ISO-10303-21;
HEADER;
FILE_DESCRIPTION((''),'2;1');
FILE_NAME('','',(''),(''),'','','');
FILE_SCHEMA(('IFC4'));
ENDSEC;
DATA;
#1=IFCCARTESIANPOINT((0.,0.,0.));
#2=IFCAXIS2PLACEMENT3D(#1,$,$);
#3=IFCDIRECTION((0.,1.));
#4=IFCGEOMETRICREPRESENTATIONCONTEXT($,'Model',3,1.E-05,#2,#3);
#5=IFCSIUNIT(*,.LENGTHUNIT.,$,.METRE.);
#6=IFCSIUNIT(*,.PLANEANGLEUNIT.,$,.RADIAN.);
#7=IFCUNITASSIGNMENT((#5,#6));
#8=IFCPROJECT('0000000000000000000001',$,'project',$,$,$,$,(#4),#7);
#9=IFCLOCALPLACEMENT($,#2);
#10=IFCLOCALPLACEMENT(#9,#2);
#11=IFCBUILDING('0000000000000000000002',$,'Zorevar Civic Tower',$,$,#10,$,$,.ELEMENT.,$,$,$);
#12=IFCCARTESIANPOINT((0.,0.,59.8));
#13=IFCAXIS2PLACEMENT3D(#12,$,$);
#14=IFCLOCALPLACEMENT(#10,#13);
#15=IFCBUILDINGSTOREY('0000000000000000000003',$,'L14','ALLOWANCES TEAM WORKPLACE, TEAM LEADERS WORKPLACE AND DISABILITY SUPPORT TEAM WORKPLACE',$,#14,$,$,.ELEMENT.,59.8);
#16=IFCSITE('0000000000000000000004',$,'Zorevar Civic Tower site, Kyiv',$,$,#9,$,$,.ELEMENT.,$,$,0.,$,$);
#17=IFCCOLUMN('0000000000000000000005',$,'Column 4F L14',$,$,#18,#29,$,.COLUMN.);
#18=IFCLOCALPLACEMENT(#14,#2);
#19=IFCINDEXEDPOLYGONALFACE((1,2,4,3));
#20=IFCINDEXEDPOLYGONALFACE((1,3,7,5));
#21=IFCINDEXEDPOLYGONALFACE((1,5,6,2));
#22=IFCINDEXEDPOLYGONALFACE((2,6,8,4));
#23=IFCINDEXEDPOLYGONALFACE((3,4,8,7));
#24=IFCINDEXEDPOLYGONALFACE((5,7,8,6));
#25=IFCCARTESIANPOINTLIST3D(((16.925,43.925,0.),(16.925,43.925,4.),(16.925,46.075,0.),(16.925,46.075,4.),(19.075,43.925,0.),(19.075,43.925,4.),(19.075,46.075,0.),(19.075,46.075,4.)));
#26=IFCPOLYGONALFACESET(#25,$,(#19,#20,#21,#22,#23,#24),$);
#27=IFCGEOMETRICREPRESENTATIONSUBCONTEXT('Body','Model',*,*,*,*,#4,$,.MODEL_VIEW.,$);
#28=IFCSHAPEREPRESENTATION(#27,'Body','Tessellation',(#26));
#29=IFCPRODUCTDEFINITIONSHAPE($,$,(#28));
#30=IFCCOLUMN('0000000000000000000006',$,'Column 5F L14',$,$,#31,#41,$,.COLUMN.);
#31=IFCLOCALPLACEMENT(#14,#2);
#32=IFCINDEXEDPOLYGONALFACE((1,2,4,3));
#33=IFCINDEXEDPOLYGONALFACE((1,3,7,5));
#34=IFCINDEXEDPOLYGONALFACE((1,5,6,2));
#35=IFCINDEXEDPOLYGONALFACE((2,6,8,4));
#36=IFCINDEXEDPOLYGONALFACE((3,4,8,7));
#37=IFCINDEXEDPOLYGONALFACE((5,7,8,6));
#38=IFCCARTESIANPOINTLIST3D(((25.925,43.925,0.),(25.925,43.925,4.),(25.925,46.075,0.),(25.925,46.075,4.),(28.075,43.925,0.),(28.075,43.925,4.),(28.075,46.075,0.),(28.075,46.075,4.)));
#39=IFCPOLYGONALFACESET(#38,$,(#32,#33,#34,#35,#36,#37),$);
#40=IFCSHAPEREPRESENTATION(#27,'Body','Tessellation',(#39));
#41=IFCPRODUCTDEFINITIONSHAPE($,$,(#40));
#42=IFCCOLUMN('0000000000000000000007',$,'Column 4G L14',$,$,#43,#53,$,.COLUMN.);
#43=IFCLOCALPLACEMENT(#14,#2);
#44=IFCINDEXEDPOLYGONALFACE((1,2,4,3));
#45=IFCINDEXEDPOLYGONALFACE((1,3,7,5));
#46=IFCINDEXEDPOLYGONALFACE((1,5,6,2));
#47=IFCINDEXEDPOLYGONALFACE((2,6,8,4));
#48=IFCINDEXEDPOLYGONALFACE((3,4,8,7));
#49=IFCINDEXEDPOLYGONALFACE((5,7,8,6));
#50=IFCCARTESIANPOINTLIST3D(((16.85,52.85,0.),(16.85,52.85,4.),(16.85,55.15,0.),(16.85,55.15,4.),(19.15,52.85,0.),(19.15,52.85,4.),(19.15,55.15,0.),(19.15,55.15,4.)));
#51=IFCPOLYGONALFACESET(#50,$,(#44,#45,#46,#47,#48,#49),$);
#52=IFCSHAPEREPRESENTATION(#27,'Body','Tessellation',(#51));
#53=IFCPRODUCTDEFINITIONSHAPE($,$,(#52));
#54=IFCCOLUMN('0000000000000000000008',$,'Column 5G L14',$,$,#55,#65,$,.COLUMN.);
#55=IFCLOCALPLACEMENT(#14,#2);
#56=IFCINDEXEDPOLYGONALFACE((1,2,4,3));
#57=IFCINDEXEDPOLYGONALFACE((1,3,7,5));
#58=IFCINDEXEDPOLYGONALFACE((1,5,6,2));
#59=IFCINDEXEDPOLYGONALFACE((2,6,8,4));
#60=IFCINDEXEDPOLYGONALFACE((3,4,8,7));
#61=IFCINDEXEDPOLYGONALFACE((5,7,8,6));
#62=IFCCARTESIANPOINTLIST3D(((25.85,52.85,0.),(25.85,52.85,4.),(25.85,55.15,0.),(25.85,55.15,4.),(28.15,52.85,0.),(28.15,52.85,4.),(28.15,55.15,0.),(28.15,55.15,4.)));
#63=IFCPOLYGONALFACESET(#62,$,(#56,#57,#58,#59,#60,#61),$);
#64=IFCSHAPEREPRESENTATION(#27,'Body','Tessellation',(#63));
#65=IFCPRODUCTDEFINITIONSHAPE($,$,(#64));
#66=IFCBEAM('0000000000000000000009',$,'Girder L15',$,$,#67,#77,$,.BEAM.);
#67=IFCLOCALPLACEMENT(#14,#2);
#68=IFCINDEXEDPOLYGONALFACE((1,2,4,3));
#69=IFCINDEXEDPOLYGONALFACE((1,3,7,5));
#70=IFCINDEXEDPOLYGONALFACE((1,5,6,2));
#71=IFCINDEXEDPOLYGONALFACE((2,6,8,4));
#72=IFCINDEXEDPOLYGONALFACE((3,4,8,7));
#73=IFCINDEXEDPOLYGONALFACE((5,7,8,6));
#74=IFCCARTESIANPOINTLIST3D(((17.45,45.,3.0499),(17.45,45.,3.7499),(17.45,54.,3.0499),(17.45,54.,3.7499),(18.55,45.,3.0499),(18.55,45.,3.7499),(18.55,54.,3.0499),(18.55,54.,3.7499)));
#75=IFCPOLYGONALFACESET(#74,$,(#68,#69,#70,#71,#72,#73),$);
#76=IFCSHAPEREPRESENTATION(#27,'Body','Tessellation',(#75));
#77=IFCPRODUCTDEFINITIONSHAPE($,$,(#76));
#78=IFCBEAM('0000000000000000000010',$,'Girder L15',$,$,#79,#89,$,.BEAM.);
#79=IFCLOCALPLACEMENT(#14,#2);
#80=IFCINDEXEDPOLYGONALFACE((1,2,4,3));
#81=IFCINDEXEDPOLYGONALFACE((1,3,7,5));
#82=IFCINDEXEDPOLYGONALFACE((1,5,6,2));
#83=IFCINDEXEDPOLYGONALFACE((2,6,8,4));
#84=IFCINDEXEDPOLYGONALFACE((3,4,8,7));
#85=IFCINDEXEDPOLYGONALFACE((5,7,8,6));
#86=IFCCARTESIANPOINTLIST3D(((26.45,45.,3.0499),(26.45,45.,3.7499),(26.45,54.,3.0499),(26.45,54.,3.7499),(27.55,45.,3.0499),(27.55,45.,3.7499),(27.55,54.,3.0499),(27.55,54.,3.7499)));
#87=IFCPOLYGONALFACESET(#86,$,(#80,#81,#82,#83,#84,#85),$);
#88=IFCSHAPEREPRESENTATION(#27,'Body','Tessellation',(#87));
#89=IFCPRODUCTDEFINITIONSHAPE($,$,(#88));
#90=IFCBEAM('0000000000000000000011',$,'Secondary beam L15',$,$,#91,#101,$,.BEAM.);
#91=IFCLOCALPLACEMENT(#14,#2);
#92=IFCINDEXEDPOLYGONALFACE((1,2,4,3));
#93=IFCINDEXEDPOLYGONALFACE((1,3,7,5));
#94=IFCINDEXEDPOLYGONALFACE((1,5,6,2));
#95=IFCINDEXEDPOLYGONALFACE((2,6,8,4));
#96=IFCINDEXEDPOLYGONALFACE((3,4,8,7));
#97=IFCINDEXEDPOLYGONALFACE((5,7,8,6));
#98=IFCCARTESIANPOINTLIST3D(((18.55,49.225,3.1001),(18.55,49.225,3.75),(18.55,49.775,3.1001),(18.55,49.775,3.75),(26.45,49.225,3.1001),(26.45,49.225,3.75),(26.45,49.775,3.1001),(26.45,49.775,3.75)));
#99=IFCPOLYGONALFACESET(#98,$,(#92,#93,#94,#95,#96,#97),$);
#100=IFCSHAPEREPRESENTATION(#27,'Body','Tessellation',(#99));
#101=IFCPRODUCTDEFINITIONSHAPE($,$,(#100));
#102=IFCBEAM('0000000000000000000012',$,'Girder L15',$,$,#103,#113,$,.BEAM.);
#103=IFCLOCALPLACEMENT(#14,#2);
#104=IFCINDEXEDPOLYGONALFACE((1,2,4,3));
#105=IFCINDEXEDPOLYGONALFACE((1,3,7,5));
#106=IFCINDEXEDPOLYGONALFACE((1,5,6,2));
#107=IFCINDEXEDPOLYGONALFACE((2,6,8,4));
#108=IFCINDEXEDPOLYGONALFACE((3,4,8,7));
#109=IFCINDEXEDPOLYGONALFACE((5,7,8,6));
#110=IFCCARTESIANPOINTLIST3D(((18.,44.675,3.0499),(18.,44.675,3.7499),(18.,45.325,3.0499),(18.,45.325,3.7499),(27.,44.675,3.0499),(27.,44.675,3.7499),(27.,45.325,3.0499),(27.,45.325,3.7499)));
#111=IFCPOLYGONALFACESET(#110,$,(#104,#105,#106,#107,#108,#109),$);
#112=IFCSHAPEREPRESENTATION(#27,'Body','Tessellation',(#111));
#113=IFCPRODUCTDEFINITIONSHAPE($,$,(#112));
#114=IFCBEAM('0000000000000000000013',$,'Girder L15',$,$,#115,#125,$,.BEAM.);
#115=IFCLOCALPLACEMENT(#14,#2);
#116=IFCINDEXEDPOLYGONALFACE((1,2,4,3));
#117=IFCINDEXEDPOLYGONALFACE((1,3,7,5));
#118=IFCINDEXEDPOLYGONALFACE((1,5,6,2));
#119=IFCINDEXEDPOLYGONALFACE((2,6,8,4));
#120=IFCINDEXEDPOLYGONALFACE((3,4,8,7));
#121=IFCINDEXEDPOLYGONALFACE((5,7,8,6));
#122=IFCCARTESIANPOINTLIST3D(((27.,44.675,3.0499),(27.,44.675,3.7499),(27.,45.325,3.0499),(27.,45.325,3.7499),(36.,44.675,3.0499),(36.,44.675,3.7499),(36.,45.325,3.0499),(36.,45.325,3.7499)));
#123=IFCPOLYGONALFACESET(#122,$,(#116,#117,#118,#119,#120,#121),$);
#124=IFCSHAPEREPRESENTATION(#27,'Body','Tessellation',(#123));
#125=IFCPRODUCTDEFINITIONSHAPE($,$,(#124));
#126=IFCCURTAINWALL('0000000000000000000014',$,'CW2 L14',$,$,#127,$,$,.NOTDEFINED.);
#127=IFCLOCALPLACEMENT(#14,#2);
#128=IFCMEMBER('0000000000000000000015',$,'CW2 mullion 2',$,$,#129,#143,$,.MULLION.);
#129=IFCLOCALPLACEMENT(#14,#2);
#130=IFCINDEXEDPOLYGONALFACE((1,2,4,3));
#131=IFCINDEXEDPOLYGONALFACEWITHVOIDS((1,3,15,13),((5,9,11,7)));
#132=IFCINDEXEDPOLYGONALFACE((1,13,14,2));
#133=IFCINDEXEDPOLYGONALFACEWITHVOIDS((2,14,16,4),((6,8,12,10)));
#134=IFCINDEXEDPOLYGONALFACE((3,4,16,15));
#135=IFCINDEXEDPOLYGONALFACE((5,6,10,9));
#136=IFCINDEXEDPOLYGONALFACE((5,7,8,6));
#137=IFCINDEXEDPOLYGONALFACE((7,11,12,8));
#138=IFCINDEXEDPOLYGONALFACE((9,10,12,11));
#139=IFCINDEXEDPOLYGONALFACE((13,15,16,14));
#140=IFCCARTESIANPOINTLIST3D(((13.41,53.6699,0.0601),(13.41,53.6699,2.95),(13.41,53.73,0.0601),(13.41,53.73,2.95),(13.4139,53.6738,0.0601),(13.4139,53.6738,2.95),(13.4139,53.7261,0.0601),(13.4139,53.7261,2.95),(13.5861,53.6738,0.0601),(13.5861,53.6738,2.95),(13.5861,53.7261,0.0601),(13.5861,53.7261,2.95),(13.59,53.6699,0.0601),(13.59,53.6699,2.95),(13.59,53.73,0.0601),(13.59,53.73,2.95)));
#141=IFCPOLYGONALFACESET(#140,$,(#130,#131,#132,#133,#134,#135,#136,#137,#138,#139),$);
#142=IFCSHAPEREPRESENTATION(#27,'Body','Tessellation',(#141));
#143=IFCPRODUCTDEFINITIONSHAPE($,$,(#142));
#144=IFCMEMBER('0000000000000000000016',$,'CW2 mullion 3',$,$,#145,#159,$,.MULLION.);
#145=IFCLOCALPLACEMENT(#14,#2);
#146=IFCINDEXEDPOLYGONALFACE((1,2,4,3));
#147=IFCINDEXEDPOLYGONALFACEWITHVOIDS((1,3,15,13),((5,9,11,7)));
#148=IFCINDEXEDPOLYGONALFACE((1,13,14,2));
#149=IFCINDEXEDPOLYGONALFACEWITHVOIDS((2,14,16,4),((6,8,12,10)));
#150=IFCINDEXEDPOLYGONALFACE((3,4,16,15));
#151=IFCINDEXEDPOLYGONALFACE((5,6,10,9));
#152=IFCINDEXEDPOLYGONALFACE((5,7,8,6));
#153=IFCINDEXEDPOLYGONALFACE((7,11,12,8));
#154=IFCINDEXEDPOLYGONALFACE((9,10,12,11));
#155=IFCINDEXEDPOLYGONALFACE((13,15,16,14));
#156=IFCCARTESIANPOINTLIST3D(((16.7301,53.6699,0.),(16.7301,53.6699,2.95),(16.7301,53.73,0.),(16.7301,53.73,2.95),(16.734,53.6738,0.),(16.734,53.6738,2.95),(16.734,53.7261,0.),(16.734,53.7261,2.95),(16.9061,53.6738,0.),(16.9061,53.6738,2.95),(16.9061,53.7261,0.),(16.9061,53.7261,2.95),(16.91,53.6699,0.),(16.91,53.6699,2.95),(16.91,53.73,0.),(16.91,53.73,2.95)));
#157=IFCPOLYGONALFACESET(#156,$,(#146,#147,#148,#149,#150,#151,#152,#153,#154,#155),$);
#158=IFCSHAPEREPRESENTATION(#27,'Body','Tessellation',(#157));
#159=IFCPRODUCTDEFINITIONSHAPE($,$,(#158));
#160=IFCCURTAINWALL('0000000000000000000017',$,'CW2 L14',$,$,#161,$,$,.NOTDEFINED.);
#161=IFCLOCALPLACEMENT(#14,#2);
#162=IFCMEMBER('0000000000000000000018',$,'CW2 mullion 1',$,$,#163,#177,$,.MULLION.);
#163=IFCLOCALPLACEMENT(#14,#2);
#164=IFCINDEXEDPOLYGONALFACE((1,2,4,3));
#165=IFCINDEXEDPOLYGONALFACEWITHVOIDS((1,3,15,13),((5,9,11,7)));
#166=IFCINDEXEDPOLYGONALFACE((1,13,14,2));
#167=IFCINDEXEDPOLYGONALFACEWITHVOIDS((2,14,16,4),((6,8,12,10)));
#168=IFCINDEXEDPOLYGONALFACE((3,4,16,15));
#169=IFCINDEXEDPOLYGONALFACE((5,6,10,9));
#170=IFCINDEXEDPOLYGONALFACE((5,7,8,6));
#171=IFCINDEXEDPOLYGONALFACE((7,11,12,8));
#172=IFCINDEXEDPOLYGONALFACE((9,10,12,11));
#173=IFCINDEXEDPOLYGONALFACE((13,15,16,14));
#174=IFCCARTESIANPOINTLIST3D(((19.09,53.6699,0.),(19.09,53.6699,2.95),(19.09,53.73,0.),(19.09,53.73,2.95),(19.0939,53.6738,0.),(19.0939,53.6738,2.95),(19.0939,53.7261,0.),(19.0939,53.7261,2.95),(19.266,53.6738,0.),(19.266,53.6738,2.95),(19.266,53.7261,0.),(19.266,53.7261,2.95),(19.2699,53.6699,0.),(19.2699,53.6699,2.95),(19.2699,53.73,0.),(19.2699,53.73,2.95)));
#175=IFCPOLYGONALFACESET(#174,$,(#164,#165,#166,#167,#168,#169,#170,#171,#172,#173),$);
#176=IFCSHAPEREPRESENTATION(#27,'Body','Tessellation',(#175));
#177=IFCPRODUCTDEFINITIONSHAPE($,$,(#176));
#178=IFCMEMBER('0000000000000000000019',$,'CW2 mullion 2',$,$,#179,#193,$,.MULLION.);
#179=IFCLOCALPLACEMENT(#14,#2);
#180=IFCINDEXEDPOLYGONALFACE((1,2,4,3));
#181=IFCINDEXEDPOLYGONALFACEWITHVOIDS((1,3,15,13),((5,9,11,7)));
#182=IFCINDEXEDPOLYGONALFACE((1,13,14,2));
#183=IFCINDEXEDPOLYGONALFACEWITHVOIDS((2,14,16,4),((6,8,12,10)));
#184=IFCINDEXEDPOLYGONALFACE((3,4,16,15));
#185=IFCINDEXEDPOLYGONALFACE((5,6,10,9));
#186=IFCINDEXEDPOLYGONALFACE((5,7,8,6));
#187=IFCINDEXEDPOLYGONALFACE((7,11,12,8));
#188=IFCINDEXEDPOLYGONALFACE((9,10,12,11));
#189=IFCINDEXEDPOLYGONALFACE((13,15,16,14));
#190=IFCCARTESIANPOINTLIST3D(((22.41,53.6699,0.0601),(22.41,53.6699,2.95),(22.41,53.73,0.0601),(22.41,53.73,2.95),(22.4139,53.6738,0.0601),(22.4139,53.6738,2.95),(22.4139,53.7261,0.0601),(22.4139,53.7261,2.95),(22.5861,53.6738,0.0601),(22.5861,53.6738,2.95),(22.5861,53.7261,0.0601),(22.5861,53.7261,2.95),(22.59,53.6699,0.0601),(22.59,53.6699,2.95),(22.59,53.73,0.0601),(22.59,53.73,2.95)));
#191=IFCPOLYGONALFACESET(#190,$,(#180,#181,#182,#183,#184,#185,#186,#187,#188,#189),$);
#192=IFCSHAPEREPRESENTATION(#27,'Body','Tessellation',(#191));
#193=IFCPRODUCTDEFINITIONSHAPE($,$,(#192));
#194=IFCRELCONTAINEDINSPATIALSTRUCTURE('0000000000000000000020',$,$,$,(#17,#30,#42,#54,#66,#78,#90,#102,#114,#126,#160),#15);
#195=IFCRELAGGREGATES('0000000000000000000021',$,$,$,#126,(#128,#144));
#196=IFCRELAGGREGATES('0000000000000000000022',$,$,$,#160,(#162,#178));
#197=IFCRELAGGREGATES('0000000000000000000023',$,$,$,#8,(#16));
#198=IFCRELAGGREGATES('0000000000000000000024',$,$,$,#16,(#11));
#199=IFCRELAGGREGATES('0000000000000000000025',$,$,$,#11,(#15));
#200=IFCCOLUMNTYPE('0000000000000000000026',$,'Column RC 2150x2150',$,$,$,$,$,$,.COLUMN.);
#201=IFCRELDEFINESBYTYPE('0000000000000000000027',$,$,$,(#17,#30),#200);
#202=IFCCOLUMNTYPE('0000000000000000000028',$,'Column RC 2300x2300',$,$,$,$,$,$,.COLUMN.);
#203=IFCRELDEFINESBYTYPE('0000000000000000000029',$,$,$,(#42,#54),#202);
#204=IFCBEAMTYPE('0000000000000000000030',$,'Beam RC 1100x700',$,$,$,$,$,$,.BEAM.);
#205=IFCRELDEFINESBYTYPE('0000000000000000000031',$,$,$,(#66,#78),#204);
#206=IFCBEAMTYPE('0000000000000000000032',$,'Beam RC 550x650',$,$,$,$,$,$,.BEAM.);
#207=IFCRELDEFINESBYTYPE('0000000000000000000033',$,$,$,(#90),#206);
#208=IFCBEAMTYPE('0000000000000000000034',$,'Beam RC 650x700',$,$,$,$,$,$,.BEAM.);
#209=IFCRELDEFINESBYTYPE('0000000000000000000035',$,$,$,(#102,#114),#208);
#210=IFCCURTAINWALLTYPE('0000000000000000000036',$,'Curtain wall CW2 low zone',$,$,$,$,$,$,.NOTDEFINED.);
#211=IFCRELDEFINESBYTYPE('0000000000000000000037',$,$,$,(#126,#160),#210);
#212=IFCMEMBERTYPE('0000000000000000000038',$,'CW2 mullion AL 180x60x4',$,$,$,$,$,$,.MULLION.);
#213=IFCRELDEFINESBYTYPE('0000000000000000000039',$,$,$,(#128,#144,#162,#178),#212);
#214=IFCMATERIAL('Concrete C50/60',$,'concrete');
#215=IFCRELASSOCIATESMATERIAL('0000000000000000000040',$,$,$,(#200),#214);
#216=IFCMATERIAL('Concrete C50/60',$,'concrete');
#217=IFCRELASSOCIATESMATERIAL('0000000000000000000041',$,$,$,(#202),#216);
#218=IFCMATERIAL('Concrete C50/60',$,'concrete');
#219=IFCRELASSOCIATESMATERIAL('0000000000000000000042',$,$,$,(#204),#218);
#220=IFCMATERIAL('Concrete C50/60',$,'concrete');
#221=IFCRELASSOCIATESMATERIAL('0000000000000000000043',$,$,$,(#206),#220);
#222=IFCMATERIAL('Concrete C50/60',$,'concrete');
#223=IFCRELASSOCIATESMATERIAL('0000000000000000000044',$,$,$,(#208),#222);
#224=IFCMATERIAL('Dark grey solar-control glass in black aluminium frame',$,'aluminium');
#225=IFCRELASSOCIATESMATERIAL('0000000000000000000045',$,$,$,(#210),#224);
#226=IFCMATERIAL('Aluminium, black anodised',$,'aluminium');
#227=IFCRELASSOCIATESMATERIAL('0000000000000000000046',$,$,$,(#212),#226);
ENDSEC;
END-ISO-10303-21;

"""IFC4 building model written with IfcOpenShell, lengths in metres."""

from ifc_helpers import new_model, si_unit, direction, frame, origin, origin_2d, place, context, subcontext, project, spatial, rectangle, hollow_rectangle, extrude, material, material_profile, profile_set, type_object, element, aggregate, save


model = new_model("IFC4")

# Units and contexts
model_context = context("Model", 3, precision=1e-05, world=origin(), true_north=direction((0.0, 1.0)))
body_context = subcontext(model_context, "Body", "Model", "MODEL_VIEW")
ifc_project = project(units=[si_unit("LENGTHUNIT", "METRE"), si_unit("PLANEANGLEUNIT", "RADIAN")], contexts=[model_context])

# Site, building, storey
site_placement = place(None, origin())
site = spatial("IfcSite", under=ifc_project, at=site_placement, Name="Zorevar Civic Tower site, Kyiv", CompositionType="ELEMENT", RefElevation=0.0)
building_placement = place(site_placement, origin())
building = spatial("IfcBuilding", under=site, at=building_placement, Name="Zorevar Civic Tower", CompositionType="ELEMENT")
storey_placement = place(building_placement, frame((0.0, 0.0, 59.8)))
storey = spatial("IfcBuildingStorey", under=building, at=storey_placement, Name="L14", Description="ALLOWANCES TEAM WORKPLACE, TEAM LEADERS WORKPLACE AND DISABILITY SUPPORT TEAM WORKPLACE", CompositionType="ELEMENT", Elevation=59.8)

# Columns
ifc_material_1 = material(Name="Concrete C50/60", Category="concrete")
ifc_material_profile_1 = material_profile(ifc_material_1, rectangle(XDim=2.1499, YDim=2.1499, at=origin_2d()), Name="RC 2150x2150")
ifc_profile_set_1 = profile_set([ifc_material_profile_1], Name="Concrete C50/60")
column_type_1 = type_object("IfcColumnType", Name="Column RC 2150x2150", PredefinedType="COLUMN", material=ifc_profile_set_1)
for number, where, z_axis, x_axis, name in (
    (1, (18.0, 45.0, 0.0), (0.0, 0.0, 1.0), (1.0, 0.0, 0.0), "Column 4F L14"),
    (2, (27.0, 45.0, 0.0), (0.0, 0.0, 1.0), (1.0, 0.0, 0.0), "Column 5F L14"),
):
    element("IfcColumn", number, at=place(storey_placement, frame(where, z_axis=z_axis, x_axis=x_axis)), inside=storey, type_object=column_type_1, Name=name, PredefinedType="COLUMN", context=body_context, shape_type="SweptSolid", body=[
        extrude(rectangle(XDim=2.1499, YDim=2.1499, at=origin_2d()), origin(), (0.0, 0.0, 1.0), 4.0),
    ])
ifc_material_2 = material(Name="Concrete C50/60", Category="concrete")
ifc_material_profile_2 = material_profile(ifc_material_2, rectangle(XDim=2.3, YDim=2.3, at=origin_2d()), Name="RC 2300x2300")
ifc_profile_set_2 = profile_set([ifc_material_profile_2], Name="Concrete C50/60")
column_type_2 = type_object("IfcColumnType", Name="Column RC 2300x2300", PredefinedType="COLUMN", material=ifc_profile_set_2)
for number, where, z_axis, x_axis, name in (
    (3, (18.0, 54.0, 0.0), (0.0, 0.0, 1.0), (1.0, 0.0, 0.0), "Column 4G L14"),
    (4, (27.0, 54.0, 0.0), (0.0, 0.0, 1.0), (1.0, 0.0, 0.0), "Column 5G L14"),
):
    element("IfcColumn", number, at=place(storey_placement, frame(where, z_axis=z_axis, x_axis=x_axis)), inside=storey, type_object=column_type_2, Name=name, PredefinedType="COLUMN", context=body_context, shape_type="SweptSolid", body=[
        extrude(rectangle(XDim=2.3, YDim=2.3, at=origin_2d()), origin(), (0.0, 0.0, 1.0), 4.0),
    ])

# Beams
ifc_material_3 = material(Name="Concrete C50/60", Category="concrete")
ifc_material_profile_3 = material_profile(ifc_material_3, rectangle(XDim=1.1001, YDim=0.7, at=origin_2d()), Name="RC 1100x700")
ifc_profile_set_3 = profile_set([ifc_material_profile_3], Name="Concrete C50/60")
beam_type_1 = type_object("IfcBeamType", Name="Beam RC 1100x700", PredefinedType="BEAM", material=ifc_profile_set_3)
for number, where, z_axis, x_axis, name in (
    (5, (18.0, 45.0, 3.3999), (0.0, 1.0, 0.0), (-1.0, 0.0, 0.0), "Girder L15"),
    (6, (27.0, 45.0, 3.3999), (0.0, 1.0, 0.0), (-1.0, 0.0, 0.0), "Girder L15"),
):
    element("IfcBeam", number, at=place(storey_placement, frame(where, z_axis=z_axis, x_axis=x_axis)), inside=storey, type_object=beam_type_1, Name=name, PredefinedType="BEAM", context=body_context, shape_type="SweptSolid", body=[
        extrude(rectangle(XDim=1.1001, YDim=0.7, at=origin_2d()), origin(), (0.0, 0.0, 1.0), 9.0),
    ])
ifc_material_4 = material(Name="Concrete C50/60", Category="concrete")
ifc_material_profile_4 = material_profile(ifc_material_4, rectangle(XDim=0.55, YDim=0.6499, at=origin_2d()), Name="RC 550x650")
ifc_profile_set_4 = profile_set([ifc_material_profile_4], Name="Concrete C50/60")
beam_type_2 = type_object("IfcBeamType", Name="Beam RC 550x650", PredefinedType="BEAM", material=ifc_profile_set_4)
beam_1_placement = place(storey_placement, frame((18.55, 49.5, 3.425), z_axis=(1.0, 0.0, 0.0), x_axis=(0.0, 1.0, 0.0)))
element("IfcBeam", 7, at=beam_1_placement, inside=storey, type_object=beam_type_2, Name="Secondary beam L15", PredefinedType="BEAM", context=body_context, shape_type="SweptSolid", body=[
    extrude(rectangle(XDim=0.55, YDim=0.6499, at=origin_2d()), origin(), (0.0, 0.0, 1.0), 7.8999),
])
ifc_material_5 = material(Name="Concrete C50/60", Category="concrete")
ifc_material_profile_5 = material_profile(ifc_material_5, rectangle(XDim=0.6499, YDim=0.7, at=origin_2d()), Name="RC 650x700")
ifc_profile_set_5 = profile_set([ifc_material_profile_5], Name="Concrete C50/60")
beam_type_3 = type_object("IfcBeamType", Name="Beam RC 650x700", PredefinedType="BEAM", material=ifc_profile_set_5)
for number, where, z_axis, x_axis, name in (
    (8, (18.0, 45.0, 3.3999), (1.0, 0.0, 0.0), (0.0, 1.0, 0.0), "Girder L15"),
    (9, (27.0, 45.0, 3.3999), (1.0, 0.0, 0.0), (0.0, 1.0, 0.0), "Girder L15"),
):
    element("IfcBeam", number, at=place(storey_placement, frame(where, z_axis=z_axis, x_axis=x_axis)), inside=storey, type_object=beam_type_3, Name=name, PredefinedType="BEAM", context=body_context, shape_type="SweptSolid", body=[
        extrude(rectangle(XDim=0.6499, YDim=0.7, at=origin_2d()), origin(), (0.0, 0.0, 1.0), 9.0),
    ])

# Curtain walls, members
ifc_material_6 = material(Name="Dark grey solar-control glass in black aluminium frame", Category="aluminium")
curtain_wall_type = type_object("IfcCurtainWallType", Name="Curtain wall CW2 low zone", PredefinedType="NOTDEFINED", material=ifc_material_6)
curtain_wall_1_placement = place(storey_placement, origin())
curtain_wall_1 = element("IfcCurtainWall", 10, at=curtain_wall_1_placement, inside=storey, type_object=curtain_wall_type, Name="CW2 L14", PredefinedType="NOTDEFINED")
ifc_material_7 = material(Name="Aluminium, black anodised", Category="aluminium")
ifc_material_profile_6 = material_profile(ifc_material_7, hollow_rectangle(XDim=0.0601, YDim=0.1799, WallThickness=0.0039, at=origin_2d()), Name="AL 180x60x4")
ifc_profile_set_6 = profile_set([ifc_material_profile_6], Name="Aluminium, black anodised")
member_type_1 = type_object("IfcMemberType", Name="CW2 mullion AL 180x60x4", PredefinedType="MULLION", material=ifc_profile_set_6)
member_1_placement = place(storey_placement, frame((13.5, 53.7, 0.0601), z_axis=(0.0, 0.0, 1.0), x_axis=(0.0, 1.0, 0.0)))
member_1 = element("IfcMember", 11, at=member_1_placement, type_object=member_type_1, Name="CW2 mullion 2", PredefinedType="MULLION", context=body_context, shape_type="SweptSolid", body=[
    extrude(hollow_rectangle(XDim=0.0601, YDim=0.1799, WallThickness=0.0039, at=origin_2d()), origin(), (0.0, 0.0, 1.0), 2.8899),
])
member_2_placement = place(storey_placement, frame((16.8201, 53.7, 0.0), z_axis=(0.0, 0.0, 1.0), x_axis=(0.0, 1.0, 0.0)))
member_2 = element("IfcMember", 12, at=member_2_placement, type_object=member_type_1, Name="CW2 mullion 3", PredefinedType="MULLION", context=body_context, shape_type="SweptSolid", body=[
    extrude(hollow_rectangle(XDim=0.0601, YDim=0.1799, WallThickness=0.0039, at=origin_2d()), origin(), (0.0, 0.0, 1.0), 2.95),
])
curtain_wall_2_placement = place(storey_placement, origin())
curtain_wall_2 = element("IfcCurtainWall", 13, at=curtain_wall_2_placement, inside=storey, type_object=curtain_wall_type, Name="CW2 L14", PredefinedType="NOTDEFINED")
member_3_placement = place(storey_placement, frame((19.1799, 53.7, 0.0), z_axis=(0.0, 0.0, 1.0), x_axis=(0.0, 1.0, 0.0)))
member_3 = element("IfcMember", 14, at=member_3_placement, type_object=member_type_1, Name="CW2 mullion 1", PredefinedType="MULLION", context=body_context, shape_type="SweptSolid", body=[
    extrude(hollow_rectangle(XDim=0.0601, YDim=0.1799, WallThickness=0.0039, at=origin_2d()), origin(), (0.0, 0.0, 1.0), 2.95),
])
member_4_placement = place(storey_placement, frame((22.5, 53.7, 0.0601), z_axis=(0.0, 0.0, 1.0), x_axis=(0.0, 1.0, 0.0)))
member_4 = element("IfcMember", 15, at=member_4_placement, type_object=member_type_1, Name="CW2 mullion 2", PredefinedType="MULLION", context=body_context, shape_type="SweptSolid", body=[
    extrude(hollow_rectangle(XDim=0.0601, YDim=0.1799, WallThickness=0.0039, at=origin_2d()), origin(), (0.0, 0.0, 1.0), 2.8899),
])

aggregate(curtain_wall_1, [member_1, member_2])
aggregate(curtain_wall_2, [member_3, member_4])

save(model, "model.ifc")
